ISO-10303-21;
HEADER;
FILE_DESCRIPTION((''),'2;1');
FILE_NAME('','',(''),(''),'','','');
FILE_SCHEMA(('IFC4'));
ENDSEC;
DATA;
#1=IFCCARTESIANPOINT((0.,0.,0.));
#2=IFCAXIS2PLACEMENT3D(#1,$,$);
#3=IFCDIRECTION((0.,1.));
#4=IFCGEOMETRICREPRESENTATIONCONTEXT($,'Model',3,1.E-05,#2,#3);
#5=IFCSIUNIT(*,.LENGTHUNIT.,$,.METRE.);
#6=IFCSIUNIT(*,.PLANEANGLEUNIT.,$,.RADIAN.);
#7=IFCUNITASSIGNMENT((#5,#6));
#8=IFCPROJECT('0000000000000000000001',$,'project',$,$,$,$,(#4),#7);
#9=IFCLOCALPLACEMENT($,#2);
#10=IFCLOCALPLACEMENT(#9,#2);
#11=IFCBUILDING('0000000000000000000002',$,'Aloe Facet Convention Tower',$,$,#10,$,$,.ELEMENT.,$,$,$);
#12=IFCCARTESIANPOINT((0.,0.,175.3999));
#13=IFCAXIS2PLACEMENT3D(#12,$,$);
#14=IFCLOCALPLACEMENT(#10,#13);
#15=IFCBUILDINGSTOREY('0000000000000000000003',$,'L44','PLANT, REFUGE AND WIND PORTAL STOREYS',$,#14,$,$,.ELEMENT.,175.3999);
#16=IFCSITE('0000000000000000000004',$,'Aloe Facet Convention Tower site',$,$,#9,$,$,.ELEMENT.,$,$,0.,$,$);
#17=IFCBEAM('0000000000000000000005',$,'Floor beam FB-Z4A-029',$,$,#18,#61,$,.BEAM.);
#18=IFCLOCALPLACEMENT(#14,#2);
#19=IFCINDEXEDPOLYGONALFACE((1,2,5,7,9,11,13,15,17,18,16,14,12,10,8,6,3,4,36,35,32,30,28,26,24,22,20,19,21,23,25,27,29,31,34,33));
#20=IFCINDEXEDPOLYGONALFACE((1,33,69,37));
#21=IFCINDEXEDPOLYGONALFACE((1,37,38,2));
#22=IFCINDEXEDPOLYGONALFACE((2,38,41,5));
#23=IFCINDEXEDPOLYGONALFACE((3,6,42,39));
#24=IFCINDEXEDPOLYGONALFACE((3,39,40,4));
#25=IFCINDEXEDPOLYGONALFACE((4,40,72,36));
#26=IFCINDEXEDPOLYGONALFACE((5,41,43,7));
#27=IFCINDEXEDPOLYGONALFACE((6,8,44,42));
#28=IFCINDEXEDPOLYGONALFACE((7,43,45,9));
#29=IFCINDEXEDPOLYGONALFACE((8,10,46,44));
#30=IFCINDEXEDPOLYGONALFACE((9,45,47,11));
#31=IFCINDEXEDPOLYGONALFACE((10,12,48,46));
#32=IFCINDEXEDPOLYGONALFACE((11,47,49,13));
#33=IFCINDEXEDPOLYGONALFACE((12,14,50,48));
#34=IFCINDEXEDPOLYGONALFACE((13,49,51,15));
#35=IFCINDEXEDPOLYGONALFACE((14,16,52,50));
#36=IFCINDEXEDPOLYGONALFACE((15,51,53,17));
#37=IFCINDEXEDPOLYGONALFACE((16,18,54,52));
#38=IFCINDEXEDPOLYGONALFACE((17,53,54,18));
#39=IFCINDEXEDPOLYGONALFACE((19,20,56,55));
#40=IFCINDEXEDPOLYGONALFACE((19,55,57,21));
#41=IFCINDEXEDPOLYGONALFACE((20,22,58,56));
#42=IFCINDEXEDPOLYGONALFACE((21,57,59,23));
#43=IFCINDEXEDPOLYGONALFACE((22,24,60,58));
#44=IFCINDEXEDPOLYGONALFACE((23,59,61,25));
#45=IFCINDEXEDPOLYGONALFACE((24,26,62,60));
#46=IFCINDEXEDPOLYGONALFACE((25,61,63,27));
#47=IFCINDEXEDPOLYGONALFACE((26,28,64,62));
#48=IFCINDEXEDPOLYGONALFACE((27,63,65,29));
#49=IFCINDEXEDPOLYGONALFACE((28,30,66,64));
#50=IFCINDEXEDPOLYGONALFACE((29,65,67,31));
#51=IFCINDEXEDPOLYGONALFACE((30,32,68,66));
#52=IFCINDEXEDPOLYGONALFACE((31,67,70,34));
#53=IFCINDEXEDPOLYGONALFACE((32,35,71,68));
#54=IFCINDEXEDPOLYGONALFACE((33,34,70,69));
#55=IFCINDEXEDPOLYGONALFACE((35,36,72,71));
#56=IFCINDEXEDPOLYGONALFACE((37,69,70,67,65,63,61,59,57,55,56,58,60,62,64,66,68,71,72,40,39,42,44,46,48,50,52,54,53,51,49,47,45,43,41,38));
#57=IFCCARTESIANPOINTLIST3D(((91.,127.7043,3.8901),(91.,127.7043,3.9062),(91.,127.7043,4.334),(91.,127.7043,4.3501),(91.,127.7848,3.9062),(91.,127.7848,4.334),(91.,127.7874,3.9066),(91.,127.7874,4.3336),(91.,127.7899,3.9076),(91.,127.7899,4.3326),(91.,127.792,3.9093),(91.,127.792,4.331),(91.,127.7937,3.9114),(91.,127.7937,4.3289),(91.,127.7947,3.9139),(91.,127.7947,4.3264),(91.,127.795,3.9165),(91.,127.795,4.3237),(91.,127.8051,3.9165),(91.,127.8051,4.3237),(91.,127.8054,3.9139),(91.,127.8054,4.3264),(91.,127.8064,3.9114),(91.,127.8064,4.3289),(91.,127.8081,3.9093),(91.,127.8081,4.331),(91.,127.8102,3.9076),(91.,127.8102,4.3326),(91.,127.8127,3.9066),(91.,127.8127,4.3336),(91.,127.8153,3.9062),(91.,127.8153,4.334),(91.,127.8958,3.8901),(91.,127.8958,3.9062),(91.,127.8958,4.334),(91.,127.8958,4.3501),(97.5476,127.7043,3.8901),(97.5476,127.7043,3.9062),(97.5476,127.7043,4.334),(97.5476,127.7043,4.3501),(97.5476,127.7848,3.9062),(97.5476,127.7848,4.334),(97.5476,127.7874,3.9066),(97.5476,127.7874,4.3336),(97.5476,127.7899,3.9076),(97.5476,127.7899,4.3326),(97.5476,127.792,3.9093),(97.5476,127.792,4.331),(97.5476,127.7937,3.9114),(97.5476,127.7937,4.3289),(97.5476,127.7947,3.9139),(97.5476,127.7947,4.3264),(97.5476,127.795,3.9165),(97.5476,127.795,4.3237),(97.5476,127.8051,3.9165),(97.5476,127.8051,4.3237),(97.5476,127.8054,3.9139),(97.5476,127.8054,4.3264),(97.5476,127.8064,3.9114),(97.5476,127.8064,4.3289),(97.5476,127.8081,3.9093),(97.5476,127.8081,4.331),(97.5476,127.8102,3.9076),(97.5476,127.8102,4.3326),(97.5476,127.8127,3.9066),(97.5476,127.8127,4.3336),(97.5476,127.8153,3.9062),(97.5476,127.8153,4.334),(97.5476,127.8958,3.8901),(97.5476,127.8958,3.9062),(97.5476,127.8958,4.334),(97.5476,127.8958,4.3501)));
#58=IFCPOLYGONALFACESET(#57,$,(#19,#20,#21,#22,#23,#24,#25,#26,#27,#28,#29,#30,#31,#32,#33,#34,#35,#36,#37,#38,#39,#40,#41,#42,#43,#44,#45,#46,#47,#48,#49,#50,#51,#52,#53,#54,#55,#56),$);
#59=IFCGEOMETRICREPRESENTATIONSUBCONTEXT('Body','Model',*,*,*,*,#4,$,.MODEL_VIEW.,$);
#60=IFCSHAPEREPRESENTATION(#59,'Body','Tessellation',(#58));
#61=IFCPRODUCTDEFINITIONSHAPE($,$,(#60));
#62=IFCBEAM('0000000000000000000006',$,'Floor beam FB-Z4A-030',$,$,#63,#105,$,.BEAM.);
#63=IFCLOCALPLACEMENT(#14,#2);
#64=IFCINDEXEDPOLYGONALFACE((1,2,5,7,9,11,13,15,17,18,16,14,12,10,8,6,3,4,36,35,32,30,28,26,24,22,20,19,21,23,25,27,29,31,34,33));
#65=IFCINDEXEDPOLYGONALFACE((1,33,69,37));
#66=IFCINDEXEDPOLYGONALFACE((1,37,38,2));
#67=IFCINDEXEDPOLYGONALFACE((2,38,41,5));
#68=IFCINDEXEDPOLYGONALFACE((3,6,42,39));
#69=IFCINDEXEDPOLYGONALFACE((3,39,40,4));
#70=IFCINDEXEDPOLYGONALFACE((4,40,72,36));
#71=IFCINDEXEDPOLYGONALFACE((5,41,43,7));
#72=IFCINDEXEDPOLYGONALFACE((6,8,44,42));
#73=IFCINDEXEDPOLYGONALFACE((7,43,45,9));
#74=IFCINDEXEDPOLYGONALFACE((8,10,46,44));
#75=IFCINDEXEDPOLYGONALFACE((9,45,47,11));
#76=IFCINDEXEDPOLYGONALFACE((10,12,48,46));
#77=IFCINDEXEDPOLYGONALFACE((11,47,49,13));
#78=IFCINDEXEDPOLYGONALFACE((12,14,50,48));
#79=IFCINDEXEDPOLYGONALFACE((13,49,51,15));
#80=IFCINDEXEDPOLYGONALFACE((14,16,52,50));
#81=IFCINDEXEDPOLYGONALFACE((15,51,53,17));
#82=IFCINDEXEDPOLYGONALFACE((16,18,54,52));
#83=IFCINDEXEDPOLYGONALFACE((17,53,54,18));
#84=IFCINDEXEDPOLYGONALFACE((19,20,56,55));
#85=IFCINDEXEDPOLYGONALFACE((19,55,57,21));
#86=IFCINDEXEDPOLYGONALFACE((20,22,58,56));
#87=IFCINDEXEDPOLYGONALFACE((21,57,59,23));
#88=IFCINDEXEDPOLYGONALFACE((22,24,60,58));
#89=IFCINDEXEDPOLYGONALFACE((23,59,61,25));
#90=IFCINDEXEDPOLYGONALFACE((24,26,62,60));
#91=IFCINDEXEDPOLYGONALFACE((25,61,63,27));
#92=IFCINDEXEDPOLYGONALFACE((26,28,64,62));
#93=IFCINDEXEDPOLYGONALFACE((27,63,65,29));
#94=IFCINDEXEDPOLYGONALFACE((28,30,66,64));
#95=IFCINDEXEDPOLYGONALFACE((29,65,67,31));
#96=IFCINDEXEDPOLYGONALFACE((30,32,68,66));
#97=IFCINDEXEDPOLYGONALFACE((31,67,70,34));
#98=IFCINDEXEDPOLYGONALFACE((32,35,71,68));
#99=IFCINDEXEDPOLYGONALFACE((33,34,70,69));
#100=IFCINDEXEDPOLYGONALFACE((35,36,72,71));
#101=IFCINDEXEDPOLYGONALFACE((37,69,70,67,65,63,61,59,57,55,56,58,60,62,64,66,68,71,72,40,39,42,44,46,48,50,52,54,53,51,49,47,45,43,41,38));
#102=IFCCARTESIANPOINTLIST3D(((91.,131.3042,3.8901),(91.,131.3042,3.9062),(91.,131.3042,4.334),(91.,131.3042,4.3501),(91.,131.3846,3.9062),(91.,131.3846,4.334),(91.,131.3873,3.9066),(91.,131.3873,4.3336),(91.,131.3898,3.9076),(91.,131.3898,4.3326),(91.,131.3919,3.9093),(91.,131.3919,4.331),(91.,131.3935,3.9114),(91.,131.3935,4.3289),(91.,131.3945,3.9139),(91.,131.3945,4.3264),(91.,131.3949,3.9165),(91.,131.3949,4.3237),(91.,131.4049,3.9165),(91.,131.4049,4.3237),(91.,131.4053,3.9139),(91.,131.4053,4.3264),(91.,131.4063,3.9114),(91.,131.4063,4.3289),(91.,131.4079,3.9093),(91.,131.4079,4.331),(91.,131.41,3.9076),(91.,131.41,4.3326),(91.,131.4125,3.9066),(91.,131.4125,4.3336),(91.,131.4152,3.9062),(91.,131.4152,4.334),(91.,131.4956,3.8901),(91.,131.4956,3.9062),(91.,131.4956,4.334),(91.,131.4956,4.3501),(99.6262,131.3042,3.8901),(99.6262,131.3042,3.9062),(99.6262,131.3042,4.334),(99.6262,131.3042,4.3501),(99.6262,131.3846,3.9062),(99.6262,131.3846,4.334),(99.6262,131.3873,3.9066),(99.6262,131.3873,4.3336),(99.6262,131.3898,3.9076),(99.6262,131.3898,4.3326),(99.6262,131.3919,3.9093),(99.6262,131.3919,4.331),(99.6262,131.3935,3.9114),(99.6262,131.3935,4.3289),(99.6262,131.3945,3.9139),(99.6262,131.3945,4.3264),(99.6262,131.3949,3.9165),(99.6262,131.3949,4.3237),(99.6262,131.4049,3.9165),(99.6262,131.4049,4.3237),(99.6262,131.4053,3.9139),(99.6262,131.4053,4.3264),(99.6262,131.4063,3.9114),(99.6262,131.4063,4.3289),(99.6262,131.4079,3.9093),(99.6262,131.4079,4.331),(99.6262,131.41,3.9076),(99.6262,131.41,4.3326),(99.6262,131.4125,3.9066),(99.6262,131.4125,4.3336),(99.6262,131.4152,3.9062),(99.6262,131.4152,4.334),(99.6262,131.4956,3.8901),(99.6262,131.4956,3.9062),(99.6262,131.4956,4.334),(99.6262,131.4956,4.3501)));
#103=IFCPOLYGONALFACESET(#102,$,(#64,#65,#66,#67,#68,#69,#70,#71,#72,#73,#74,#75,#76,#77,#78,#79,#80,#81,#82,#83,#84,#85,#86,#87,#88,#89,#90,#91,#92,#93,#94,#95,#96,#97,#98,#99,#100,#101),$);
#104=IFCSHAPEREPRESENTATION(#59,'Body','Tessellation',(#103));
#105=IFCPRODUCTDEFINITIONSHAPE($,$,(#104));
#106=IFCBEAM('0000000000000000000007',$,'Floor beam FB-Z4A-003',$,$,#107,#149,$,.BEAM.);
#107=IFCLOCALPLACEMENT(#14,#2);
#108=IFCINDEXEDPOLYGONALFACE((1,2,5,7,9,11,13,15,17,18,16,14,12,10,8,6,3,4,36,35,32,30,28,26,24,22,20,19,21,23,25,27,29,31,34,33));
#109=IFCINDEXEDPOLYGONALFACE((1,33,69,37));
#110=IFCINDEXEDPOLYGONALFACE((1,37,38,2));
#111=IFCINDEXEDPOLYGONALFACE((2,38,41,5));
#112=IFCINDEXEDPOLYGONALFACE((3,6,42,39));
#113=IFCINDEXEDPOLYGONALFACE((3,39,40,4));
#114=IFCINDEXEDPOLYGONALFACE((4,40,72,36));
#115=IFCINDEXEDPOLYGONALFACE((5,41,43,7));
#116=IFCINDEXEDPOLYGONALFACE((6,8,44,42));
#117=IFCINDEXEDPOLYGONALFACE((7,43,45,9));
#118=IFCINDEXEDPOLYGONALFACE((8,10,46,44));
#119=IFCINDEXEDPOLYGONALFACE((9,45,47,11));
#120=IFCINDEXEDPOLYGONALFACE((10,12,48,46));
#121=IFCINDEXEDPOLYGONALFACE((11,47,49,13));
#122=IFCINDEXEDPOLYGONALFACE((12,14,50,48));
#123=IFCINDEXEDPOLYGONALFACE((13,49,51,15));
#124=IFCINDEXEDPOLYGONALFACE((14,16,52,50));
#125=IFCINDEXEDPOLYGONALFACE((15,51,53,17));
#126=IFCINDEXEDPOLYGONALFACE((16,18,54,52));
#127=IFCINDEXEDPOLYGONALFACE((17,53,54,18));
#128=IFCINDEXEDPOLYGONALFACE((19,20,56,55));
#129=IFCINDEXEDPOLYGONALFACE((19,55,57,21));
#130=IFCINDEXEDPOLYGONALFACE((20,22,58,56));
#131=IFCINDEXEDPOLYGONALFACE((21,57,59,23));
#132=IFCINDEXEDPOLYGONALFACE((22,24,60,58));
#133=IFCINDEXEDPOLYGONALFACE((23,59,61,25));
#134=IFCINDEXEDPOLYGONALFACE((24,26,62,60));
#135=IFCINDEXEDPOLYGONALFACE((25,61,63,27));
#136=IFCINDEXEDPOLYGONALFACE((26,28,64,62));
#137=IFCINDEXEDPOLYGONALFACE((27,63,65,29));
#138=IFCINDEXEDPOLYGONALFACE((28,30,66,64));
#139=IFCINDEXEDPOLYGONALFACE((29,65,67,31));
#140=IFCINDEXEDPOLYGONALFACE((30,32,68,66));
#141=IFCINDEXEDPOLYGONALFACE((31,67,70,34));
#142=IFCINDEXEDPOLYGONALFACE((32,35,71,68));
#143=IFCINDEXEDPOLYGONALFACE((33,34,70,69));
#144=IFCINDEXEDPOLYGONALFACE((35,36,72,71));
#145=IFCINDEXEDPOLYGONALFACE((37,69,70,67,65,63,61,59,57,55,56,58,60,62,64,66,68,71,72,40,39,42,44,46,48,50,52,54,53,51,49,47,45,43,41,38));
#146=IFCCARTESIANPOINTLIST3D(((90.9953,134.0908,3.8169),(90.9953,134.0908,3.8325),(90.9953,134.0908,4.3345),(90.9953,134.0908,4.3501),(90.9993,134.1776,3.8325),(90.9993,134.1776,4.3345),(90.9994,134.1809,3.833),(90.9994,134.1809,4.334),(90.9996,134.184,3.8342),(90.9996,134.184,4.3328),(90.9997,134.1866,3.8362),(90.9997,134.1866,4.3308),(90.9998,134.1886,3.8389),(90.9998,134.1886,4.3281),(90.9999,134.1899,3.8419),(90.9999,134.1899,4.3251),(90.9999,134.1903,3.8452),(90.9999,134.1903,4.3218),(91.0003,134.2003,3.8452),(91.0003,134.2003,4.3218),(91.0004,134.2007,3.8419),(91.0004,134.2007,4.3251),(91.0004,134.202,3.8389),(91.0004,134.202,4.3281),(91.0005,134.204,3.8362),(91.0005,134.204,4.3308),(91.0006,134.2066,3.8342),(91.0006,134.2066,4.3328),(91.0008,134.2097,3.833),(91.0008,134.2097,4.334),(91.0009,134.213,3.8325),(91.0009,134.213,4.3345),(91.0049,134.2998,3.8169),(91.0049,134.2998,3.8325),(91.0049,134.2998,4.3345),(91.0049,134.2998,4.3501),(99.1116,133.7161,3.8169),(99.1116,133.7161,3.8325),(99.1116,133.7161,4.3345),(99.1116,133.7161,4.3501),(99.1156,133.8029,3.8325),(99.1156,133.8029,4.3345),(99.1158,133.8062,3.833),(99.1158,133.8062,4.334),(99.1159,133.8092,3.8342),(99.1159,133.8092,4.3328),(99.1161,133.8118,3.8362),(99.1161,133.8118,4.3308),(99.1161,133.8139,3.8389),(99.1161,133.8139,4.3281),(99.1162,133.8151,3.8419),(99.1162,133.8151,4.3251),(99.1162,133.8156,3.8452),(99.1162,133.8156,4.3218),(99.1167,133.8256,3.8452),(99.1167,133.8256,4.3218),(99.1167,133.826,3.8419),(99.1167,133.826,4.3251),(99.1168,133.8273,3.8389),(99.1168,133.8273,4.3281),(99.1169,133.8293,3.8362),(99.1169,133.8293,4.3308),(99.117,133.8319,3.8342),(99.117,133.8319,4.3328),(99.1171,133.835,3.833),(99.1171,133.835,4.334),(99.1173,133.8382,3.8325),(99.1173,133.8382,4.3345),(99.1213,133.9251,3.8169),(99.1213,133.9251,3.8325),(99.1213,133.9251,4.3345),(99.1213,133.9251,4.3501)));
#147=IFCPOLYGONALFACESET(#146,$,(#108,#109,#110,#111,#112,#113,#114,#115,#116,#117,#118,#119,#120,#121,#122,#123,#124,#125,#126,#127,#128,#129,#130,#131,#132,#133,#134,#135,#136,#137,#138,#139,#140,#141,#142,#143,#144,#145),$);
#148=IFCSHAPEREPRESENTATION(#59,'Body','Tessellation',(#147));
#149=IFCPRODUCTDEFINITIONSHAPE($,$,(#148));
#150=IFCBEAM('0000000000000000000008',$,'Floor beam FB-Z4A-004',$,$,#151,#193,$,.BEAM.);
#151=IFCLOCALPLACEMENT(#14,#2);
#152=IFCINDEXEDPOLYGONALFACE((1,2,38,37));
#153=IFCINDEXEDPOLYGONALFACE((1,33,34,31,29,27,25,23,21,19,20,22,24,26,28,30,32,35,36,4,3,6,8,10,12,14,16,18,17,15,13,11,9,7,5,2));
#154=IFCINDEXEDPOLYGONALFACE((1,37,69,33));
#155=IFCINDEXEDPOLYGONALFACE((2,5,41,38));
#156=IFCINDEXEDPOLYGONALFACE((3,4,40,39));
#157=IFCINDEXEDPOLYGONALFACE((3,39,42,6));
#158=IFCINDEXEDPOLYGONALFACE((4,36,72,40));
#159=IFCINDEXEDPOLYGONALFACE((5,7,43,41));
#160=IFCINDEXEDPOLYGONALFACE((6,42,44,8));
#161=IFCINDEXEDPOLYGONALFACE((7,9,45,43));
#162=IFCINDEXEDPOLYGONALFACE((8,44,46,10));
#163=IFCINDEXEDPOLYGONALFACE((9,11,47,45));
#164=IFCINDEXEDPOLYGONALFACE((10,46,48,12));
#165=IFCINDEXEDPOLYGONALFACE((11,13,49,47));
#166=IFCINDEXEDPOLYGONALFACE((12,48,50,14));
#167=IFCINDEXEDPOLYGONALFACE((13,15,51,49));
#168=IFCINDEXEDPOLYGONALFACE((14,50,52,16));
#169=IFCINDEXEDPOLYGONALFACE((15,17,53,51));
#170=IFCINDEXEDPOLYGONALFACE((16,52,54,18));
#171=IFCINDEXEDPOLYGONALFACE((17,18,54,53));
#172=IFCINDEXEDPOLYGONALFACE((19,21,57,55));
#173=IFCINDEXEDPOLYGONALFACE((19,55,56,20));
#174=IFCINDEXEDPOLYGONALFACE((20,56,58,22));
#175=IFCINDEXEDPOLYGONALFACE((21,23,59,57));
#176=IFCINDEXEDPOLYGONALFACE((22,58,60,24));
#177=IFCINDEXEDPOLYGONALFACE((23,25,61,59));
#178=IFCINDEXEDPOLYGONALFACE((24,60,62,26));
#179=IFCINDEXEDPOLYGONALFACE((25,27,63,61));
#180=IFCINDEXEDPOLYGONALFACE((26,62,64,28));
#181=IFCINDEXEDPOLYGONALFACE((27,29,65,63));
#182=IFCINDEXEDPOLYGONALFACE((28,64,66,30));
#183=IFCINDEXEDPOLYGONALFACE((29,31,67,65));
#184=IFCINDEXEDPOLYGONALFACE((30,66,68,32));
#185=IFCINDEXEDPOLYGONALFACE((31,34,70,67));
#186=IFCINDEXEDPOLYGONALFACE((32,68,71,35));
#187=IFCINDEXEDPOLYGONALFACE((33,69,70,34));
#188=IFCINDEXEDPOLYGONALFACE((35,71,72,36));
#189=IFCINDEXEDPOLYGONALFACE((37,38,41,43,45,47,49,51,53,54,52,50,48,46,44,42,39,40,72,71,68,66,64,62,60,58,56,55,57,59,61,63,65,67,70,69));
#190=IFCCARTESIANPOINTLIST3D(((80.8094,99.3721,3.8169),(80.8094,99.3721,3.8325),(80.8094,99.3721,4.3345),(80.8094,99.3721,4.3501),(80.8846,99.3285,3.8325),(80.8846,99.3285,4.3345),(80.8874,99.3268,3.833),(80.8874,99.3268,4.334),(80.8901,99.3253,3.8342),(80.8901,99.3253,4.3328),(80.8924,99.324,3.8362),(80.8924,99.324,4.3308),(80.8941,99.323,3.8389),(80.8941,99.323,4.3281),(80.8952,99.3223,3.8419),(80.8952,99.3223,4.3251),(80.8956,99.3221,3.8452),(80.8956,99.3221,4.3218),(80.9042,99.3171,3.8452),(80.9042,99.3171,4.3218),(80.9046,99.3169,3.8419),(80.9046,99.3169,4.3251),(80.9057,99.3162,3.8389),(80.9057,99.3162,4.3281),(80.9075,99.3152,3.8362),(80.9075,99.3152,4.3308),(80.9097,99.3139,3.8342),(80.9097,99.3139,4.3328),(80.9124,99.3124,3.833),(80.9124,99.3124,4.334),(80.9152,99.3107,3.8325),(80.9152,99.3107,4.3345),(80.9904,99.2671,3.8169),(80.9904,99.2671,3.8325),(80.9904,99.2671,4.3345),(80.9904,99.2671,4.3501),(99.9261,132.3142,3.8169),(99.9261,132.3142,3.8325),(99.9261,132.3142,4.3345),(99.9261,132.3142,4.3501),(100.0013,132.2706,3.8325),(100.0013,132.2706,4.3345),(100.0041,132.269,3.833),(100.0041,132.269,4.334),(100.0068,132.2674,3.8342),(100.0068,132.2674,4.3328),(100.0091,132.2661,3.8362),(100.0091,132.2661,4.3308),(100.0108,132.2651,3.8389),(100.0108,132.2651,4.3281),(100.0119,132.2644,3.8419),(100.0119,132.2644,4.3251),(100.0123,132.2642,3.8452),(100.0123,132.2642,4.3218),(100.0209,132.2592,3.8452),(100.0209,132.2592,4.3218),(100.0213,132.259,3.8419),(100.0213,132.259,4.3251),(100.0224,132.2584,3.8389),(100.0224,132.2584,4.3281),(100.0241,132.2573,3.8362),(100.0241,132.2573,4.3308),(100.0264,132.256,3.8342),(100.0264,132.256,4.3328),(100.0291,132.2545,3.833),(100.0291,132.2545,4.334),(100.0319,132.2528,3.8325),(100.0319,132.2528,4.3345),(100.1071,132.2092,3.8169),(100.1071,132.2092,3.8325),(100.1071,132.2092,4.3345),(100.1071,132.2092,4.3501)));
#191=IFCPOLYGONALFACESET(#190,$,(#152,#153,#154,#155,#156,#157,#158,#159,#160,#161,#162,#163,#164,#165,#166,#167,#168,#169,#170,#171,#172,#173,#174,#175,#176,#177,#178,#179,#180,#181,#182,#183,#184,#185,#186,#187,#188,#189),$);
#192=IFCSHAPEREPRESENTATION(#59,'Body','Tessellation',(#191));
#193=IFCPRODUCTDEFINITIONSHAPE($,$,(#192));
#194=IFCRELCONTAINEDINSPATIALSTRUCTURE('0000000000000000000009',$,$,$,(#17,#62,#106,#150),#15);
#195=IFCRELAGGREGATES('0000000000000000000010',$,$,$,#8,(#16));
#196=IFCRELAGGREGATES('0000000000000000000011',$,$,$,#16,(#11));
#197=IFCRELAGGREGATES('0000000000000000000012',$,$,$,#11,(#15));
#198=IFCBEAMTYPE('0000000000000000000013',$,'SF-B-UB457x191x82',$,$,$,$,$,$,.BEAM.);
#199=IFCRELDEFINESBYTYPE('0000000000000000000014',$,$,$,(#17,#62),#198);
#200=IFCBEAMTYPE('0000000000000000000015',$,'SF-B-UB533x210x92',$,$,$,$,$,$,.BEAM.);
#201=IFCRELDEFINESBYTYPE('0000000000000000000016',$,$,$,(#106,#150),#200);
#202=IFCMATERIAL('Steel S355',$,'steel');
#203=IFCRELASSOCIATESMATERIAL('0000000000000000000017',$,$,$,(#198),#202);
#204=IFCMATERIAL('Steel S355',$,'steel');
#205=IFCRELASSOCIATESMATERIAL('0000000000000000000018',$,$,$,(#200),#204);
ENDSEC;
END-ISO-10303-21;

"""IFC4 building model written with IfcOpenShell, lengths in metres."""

from ifc_helpers import new_model, si_unit, direction, frame, origin, origin_2d, place, context, subcontext, project, spatial, i_section, extrude, material, material_profile, profile_set, type_object, element, save


model = new_model("IFC4")

# Units and contexts
model_context = context("Model", 3, precision=1e-05, world=origin(), true_north=direction((0.0, 1.0)))
body_context = subcontext(model_context, "Body", "Model", "MODEL_VIEW")
ifc_project = project(units=[si_unit("LENGTHUNIT", "METRE"), si_unit("PLANEANGLEUNIT", "RADIAN")], contexts=[model_context])

# Site, building, storey
site_placement = place(None, origin())
site = spatial("IfcSite", under=ifc_project, at=site_placement, Name="Aloe Facet Convention Tower site", CompositionType="ELEMENT", RefElevation=0.0)
building_placement = place(site_placement, origin())
building = spatial("IfcBuilding", under=site, at=building_placement, Name="Aloe Facet Convention Tower", CompositionType="ELEMENT")
storey_placement = place(building_placement, frame((0.0, 0.0, 175.3999)))
storey = spatial("IfcBuildingStorey", under=building, at=storey_placement, Name="L44", Description="PLANT, REFUGE AND WIND PORTAL STOREYS", CompositionType="ELEMENT", Elevation=175.3999)

# Beams
ifc_material_1 = material(Name="Steel S355", Category="steel")
ifc_material_profile_1 = material_profile(ifc_material_1, i_section(OverallWidth=0.1914, OverallDepth=0.46, WebThickness=0.01, FlangeThickness=0.0161, FilletRadius=0.0103, at=origin_2d()), Name="UB 457x191x82")
ifc_profile_set_1 = profile_set([ifc_material_profile_1], Name="Steel S355")
beam_type_1 = type_object("IfcBeamType", Name="SF-B-UB457x191x82", PredefinedType="BEAM", material=ifc_profile_set_1)
beam_1_placement = place(storey_placement, frame((91.0, 127.8, 4.1201), z_axis=(1.0, 0.0, 0.0), x_axis=(0.0, 1.0, 0.0)))
element("IfcBeam", 1, at=beam_1_placement, inside=storey, type_object=beam_type_1, Name="Floor beam FB-Z4A-029", PredefinedType="BEAM", context=body_context, shape_type="SweptSolid", body=[
    extrude(i_section(OverallWidth=0.1914, OverallDepth=0.46, WebThickness=0.01, FlangeThickness=0.0161, FilletRadius=0.0103, at=origin_2d()), origin(), (0.0, 0.0, 1.0), 6.5476),
])
beam_2_placement = place(storey_placement, frame((91.0, 131.3999, 4.1201), z_axis=(1.0, 0.0, 0.0), x_axis=(0.0, 1.0, 0.0)))
element("IfcBeam", 2, at=beam_2_placement, inside=storey, type_object=beam_type_1, Name="Floor beam FB-Z4A-030", PredefinedType="BEAM", context=body_context, shape_type="SweptSolid", body=[
    extrude(i_section(OverallWidth=0.1914, OverallDepth=0.46, WebThickness=0.01, FlangeThickness=0.0161, FilletRadius=0.0103, at=origin_2d()), origin(), (0.0, 0.0, 1.0), 8.6262),
])
ifc_material_2 = material(Name="Steel S355", Category="steel")
ifc_material_profile_2 = material_profile(ifc_material_2, i_section(OverallWidth=0.2092, OverallDepth=0.5332, WebThickness=0.01, FlangeThickness=0.0156, FilletRadius=0.0127, at=origin_2d()), Name="UB 533x210x92")
ifc_profile_set_2 = profile_set([ifc_material_profile_2], Name="Steel S355")
beam_type_2 = type_object("IfcBeamType", Name="SF-B-UB533x210x92", PredefinedType="BEAM", material=ifc_profile_set_2)
beam_3_placement = place(storey_placement, frame((99.1165, 133.8206, 4.0835), z_axis=(-0.998936, 0.046123, 0.0), x_axis=(-0.046123, -0.998936, 0.0)))
element("IfcBeam", 3, at=beam_3_placement, inside=storey, type_object=beam_type_2, Name="Floor beam FB-Z4A-003", PredefinedType="BEAM", context=body_context, shape_type="SweptSolid", body=[
    extrude(i_section(OverallWidth=0.2092, OverallDepth=0.5332, WebThickness=0.01, FlangeThickness=0.0156, FilletRadius=0.0127, at=origin_2d()), origin(), (0.0, 0.0, 1.0), 8.125),
])
beam_4_placement = place(storey_placement, frame((100.0166, 132.2617, 4.0835), z_axis=(-0.50192, -0.864914, 0.0), x_axis=(0.864914, -0.50192, 0.0)))
element("IfcBeam", 4, at=beam_4_placement, inside=storey, type_object=beam_type_2, Name="Floor beam FB-Z4A-004", PredefinedType="BEAM", context=body_context, shape_type="SweptSolid", body=[
    extrude(i_section(OverallWidth=0.2092, OverallDepth=0.5332, WebThickness=0.01, FlangeThickness=0.0156, FilletRadius=0.0127, at=origin_2d()), origin(), (0.0, 0.0, 1.0), 38.0872),
])

save(model, "model.ifc")
